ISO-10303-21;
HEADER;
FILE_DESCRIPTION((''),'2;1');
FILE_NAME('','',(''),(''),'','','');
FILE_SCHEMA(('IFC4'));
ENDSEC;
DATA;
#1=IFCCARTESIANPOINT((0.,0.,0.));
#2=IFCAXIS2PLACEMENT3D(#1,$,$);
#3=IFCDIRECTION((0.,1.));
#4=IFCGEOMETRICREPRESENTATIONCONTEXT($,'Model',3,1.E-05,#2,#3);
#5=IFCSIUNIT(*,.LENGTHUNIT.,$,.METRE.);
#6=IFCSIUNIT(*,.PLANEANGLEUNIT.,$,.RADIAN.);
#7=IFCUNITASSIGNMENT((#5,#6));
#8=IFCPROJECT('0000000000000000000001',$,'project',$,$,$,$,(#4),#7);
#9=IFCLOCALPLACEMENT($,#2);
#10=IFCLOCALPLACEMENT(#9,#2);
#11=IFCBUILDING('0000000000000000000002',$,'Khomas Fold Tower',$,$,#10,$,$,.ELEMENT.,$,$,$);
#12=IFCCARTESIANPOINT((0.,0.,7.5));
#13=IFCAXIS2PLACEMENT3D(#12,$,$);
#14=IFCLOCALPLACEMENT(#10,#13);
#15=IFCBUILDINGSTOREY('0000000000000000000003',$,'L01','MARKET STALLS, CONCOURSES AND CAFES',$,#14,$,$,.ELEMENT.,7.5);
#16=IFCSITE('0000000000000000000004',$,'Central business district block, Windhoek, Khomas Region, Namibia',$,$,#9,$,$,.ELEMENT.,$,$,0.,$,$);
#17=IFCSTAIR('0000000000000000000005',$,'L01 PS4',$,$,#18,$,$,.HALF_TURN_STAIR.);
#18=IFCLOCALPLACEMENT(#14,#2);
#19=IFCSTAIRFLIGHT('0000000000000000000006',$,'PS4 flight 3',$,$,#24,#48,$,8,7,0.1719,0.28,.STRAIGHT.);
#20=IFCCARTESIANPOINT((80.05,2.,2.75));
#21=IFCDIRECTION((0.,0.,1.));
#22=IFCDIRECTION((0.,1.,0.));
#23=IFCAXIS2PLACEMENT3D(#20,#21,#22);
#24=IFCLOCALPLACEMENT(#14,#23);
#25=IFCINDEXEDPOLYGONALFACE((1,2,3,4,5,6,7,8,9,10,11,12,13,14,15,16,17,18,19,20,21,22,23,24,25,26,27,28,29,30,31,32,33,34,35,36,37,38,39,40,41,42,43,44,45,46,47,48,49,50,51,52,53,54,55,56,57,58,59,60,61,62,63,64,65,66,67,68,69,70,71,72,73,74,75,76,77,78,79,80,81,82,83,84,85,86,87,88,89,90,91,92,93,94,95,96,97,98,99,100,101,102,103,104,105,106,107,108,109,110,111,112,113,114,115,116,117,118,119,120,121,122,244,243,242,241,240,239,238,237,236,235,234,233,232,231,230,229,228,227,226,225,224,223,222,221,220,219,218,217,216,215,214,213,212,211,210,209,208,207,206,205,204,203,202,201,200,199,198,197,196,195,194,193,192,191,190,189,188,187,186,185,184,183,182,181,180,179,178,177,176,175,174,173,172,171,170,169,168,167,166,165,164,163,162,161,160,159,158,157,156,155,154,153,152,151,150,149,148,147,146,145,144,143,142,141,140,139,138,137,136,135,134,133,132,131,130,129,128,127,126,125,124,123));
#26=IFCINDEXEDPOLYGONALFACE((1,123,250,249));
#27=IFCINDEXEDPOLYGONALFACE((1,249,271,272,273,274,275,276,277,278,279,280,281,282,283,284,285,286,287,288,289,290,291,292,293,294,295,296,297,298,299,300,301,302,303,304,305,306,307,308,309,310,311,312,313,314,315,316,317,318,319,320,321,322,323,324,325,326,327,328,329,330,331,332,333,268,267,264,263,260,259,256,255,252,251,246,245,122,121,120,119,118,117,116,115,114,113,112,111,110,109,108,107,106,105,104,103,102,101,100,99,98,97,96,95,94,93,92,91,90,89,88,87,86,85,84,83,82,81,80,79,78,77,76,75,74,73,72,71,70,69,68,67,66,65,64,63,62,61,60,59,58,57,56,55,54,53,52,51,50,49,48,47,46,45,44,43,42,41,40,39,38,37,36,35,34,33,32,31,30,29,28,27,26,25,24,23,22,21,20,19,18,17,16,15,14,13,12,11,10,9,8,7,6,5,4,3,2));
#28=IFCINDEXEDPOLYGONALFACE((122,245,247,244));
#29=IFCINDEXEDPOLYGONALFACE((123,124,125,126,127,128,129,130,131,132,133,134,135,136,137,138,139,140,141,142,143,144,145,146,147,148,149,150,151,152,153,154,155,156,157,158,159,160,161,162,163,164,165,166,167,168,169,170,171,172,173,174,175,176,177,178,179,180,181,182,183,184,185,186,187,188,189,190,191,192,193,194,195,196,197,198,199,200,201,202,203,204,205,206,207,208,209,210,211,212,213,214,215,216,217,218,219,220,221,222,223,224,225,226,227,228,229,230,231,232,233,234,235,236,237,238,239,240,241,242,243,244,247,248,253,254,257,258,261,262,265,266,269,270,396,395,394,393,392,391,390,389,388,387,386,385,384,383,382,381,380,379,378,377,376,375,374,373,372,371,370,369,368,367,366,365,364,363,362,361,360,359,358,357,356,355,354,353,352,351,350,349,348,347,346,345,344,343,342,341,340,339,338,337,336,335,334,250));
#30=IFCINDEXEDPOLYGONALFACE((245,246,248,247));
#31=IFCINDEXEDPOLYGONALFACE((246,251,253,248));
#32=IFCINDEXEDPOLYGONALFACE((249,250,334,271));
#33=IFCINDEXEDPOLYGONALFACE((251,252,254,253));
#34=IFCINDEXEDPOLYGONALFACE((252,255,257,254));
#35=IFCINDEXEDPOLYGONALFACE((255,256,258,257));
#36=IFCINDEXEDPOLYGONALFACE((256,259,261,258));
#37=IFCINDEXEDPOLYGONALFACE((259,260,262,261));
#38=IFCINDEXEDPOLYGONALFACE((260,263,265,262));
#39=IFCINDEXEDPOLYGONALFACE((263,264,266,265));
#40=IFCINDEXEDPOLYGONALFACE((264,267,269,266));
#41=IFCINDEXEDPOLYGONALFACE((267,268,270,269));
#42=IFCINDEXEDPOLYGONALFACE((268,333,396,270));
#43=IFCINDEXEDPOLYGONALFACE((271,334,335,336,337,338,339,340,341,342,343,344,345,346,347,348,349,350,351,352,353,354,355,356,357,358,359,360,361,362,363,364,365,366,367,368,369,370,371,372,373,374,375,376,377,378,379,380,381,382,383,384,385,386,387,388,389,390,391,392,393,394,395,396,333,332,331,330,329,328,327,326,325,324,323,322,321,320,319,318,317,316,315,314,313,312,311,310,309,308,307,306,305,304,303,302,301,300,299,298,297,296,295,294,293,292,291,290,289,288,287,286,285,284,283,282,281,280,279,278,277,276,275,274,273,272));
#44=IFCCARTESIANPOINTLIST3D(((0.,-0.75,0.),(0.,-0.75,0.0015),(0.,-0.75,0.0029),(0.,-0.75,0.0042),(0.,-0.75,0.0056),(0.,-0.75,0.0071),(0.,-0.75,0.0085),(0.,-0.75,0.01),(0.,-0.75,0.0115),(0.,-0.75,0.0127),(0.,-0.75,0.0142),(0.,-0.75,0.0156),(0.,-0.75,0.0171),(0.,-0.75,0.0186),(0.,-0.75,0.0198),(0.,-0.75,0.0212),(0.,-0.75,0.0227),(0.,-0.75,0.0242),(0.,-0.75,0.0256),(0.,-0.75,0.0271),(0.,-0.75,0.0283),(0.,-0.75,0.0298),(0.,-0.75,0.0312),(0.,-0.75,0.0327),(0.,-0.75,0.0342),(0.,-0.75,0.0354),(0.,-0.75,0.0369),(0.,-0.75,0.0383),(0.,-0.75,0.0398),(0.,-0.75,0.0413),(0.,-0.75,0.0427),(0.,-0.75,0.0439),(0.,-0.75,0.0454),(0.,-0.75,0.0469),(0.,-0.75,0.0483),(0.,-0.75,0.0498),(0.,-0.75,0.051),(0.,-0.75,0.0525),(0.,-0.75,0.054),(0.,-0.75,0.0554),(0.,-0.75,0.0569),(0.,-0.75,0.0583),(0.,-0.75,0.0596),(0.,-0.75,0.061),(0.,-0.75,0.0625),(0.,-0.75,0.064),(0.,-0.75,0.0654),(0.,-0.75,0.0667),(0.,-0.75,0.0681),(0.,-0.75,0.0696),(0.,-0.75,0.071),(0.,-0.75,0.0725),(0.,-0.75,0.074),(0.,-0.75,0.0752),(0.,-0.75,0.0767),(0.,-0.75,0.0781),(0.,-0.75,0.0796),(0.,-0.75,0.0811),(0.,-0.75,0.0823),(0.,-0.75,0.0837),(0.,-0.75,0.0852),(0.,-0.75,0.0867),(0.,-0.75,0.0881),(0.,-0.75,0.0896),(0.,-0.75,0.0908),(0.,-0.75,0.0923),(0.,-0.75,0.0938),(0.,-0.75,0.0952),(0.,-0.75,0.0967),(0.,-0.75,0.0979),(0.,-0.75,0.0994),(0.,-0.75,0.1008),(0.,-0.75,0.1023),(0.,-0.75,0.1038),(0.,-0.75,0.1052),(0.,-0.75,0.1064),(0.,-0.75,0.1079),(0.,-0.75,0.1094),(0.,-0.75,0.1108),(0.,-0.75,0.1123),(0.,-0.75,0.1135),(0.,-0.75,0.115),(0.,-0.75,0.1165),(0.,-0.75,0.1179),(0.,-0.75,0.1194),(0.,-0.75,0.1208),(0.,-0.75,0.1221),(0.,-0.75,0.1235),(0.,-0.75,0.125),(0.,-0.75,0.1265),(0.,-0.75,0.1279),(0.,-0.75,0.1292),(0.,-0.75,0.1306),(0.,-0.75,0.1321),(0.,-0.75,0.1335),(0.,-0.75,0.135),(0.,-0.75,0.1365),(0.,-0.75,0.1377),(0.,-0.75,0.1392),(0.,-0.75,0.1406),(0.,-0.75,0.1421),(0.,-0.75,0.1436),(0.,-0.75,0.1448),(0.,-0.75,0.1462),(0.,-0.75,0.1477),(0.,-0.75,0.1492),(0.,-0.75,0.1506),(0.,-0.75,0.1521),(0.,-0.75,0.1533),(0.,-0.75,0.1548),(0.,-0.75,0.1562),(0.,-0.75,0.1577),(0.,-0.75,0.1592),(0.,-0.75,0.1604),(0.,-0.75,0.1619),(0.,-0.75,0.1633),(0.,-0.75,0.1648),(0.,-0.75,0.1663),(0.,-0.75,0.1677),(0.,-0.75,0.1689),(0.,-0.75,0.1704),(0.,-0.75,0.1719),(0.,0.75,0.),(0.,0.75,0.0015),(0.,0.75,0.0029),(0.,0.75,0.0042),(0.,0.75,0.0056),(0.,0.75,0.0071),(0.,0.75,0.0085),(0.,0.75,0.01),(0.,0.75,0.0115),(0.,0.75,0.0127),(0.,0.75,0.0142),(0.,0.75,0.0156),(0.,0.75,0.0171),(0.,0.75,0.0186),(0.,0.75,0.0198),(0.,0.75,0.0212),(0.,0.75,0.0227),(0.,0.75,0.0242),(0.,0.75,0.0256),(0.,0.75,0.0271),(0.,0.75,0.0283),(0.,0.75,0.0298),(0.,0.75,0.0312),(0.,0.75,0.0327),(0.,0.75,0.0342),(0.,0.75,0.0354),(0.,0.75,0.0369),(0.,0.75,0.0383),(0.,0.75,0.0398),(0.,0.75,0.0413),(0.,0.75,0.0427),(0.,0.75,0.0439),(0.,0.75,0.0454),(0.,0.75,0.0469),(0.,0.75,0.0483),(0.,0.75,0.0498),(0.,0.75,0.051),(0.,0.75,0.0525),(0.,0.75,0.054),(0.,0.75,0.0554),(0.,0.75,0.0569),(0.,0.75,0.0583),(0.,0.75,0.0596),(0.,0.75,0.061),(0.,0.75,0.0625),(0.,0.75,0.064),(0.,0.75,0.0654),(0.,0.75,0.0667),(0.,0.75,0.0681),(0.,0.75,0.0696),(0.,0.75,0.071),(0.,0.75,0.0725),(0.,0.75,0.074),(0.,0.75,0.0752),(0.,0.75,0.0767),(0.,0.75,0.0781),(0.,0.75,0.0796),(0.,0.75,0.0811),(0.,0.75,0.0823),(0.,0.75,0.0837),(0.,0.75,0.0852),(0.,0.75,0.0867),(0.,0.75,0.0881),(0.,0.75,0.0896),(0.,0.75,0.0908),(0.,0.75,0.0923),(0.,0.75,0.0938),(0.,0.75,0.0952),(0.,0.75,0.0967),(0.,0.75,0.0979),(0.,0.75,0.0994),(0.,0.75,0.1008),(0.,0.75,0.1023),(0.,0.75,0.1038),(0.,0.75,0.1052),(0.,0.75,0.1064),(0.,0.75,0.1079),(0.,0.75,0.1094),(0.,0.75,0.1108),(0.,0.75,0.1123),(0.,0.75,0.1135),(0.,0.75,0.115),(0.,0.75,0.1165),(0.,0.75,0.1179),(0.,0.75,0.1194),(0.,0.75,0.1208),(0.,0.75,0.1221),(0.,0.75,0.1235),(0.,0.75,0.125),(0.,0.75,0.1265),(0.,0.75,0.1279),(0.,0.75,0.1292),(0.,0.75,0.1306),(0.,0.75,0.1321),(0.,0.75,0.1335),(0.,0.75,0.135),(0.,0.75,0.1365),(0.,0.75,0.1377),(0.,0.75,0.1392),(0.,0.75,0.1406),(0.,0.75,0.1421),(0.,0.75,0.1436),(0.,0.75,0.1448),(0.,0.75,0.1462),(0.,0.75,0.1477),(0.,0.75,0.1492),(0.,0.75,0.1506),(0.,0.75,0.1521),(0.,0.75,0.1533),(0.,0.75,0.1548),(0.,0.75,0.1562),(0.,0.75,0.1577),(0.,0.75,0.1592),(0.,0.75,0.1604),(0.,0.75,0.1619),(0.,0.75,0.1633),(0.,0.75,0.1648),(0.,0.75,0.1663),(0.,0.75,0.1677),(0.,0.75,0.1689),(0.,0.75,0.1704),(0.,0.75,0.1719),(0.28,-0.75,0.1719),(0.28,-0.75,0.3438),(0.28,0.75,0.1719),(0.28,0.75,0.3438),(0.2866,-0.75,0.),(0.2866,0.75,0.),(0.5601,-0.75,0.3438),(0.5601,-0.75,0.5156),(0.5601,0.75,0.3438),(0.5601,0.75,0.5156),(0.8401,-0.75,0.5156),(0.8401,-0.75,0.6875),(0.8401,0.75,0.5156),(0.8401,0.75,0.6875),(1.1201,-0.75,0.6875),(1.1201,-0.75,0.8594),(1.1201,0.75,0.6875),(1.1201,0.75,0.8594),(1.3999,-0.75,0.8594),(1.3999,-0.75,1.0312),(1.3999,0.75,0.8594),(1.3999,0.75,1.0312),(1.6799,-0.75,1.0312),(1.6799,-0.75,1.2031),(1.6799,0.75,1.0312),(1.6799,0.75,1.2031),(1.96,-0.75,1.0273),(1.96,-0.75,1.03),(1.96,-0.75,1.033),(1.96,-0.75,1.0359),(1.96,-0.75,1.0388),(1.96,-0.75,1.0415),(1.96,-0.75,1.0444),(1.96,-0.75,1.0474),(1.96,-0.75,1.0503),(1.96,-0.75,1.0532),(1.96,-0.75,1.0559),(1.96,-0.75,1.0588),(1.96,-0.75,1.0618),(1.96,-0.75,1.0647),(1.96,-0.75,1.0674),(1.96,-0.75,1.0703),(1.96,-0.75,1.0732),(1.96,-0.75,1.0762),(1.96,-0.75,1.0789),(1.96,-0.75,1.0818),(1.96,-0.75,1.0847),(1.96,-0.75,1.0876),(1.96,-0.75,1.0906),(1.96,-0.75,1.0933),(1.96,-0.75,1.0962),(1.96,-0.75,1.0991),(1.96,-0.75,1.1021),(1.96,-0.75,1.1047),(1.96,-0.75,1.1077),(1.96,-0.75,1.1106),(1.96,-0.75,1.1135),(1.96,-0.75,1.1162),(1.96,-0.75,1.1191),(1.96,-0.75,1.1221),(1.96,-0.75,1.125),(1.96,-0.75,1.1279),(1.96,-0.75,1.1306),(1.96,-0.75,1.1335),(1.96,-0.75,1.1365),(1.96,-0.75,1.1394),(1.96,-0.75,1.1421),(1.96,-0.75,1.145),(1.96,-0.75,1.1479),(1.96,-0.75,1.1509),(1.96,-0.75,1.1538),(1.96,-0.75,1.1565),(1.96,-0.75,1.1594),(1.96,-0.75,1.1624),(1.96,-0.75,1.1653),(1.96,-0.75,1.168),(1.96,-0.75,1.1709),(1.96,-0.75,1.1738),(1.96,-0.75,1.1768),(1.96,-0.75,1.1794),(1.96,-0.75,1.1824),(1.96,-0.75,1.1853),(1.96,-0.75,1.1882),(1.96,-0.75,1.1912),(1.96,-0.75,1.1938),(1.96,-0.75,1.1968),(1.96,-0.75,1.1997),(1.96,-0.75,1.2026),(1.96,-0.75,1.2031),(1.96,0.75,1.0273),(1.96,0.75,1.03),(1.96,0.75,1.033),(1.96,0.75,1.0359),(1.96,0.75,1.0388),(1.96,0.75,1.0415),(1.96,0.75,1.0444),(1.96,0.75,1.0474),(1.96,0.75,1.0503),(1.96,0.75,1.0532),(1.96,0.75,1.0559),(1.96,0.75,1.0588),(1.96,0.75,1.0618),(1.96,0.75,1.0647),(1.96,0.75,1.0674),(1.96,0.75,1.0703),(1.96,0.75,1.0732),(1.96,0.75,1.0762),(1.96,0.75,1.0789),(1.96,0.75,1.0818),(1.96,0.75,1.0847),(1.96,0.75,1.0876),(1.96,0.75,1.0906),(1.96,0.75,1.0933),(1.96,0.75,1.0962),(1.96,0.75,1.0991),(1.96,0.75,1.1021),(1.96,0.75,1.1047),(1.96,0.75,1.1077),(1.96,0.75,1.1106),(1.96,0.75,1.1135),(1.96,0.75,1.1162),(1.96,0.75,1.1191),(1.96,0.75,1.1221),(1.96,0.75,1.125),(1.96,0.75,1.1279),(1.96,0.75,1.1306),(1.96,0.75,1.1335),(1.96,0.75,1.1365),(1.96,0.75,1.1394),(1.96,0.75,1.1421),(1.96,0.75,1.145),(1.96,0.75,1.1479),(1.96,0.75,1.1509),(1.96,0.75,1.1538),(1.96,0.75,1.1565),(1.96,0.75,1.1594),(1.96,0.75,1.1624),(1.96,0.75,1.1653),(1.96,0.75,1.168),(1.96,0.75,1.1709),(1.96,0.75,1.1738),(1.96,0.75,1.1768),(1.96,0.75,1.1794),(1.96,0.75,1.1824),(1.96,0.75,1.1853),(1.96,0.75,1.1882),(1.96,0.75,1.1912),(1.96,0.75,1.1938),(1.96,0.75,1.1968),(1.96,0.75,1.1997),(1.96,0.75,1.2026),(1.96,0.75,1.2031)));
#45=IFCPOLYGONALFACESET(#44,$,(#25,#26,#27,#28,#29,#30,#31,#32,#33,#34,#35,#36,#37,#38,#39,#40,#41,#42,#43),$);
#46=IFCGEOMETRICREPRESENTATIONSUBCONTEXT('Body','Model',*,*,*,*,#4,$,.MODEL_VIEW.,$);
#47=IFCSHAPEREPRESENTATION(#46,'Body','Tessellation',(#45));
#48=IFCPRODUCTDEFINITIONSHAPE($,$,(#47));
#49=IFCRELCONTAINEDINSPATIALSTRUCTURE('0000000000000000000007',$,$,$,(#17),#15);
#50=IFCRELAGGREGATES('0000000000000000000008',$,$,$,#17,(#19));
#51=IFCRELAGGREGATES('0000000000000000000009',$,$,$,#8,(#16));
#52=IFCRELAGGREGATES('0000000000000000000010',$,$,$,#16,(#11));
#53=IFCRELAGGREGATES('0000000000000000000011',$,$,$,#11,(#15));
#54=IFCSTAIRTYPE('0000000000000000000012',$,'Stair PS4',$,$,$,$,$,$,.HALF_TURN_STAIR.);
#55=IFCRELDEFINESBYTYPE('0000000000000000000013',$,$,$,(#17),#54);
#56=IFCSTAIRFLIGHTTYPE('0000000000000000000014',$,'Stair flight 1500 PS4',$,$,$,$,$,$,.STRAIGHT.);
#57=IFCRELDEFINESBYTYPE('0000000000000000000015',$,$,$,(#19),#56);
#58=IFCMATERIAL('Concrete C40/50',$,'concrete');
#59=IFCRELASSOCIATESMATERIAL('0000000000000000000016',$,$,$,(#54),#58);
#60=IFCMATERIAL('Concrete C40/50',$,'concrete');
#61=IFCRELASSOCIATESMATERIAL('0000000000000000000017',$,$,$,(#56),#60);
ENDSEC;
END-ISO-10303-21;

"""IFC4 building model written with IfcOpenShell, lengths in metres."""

from ifc_helpers import new_model, si_unit, direction, frame, origin, place, context, subcontext, project, spatial, polyline, outline, extrude, source, transform, mapped, material, type_object, element, aggregate, save


model = new_model("IFC4")

# Units and contexts
model_context = context("Model", 3, precision=1e-05, world=origin(), true_north=direction((0.0, 1.0)))
body_context = subcontext(model_context, "Body", "Model", "MODEL_VIEW")
ifc_project = project(units=[si_unit("LENGTHUNIT", "METRE"), si_unit("PLANEANGLEUNIT", "RADIAN")], contexts=[model_context])

# Site, building, storey
site_placement = place(None, origin())
site = spatial("IfcSite", under=ifc_project, at=site_placement, Name="Central business district block, Windhoek, Khomas Region, Namibia", CompositionType="ELEMENT", RefElevation=0.0)
building_placement = place(site_placement, origin())
building = spatial("IfcBuilding", under=site, at=building_placement, Name="Khomas Fold Tower", CompositionType="ELEMENT")
storey_placement = place(building_placement, frame((0.0, 0.0, 7.5)))
storey = spatial("IfcBuildingStorey", under=building, at=storey_placement, Name="L01", Description="MARKET STALLS, CONCOURSES AND CAFES", CompositionType="ELEMENT", Elevation=7.5)

# Stair, stair flight
shared_shape_1 = source(origin(), body_context, "Body", "SweptSolid", [
    extrude(outline(polyline([(0.0, 0.0), (0.0, 0.0015), (0.0, 0.0029), (0.0, 0.0042), (0.0, 0.0056), (0.0, 0.0071), (0.0, 0.0085), (0.0, 0.01), (0.0, 0.0115), (0.0, 0.0127), (0.0, 0.0142), (0.0, 0.0156), (0.0, 0.0171), (0.0, 0.0186), (0.0, 0.0198), (0.0, 0.0212), (0.0, 0.0227), (0.0, 0.0242), (0.0, 0.0256), (0.0, 0.0271), (0.0, 0.0283), (0.0, 0.0298), (0.0, 0.0312), (0.0, 0.0327), (0.0, 0.0342), (0.0, 0.0354), (0.0, 0.0369), (0.0, 0.0383), (0.0, 0.0398), (0.0, 0.0413), (0.0, 0.0427), (0.0, 0.0439), (0.0, 0.0454), (0.0, 0.0469), (0.0, 0.0483), (0.0, 0.0498), (0.0, 0.051), (0.0, 0.0525), (0.0, 0.054), (0.0, 0.0554), (0.0, 0.0569), (0.0, 0.0583), (0.0, 0.0596), (0.0, 0.061), (0.0, 0.0625), (0.0, 0.064), (0.0, 0.0654), (0.0, 0.0667), (0.0, 0.0681), (0.0, 0.0696), (0.0, 0.071), (0.0, 0.0725), (0.0, 0.074), (0.0, 0.0752), (0.0, 0.0767), (0.0, 0.0781), (0.0, 0.0796), (0.0, 0.0811), (0.0, 0.0823), (0.0, 0.0837), (0.0, 0.0852), (0.0, 0.0867), (0.0, 0.0881), (0.0, 0.0896), (0.0, 0.0908), (0.0, 0.0923), (0.0, 0.0938), (0.0, 0.0952), (0.0, 0.0967), (0.0, 0.0979), (0.0, 0.0994), (0.0, 0.1008), (0.0, 0.1023), (0.0, 0.1038), (0.0, 0.1052), (0.0, 0.1064), (0.0, 0.1079), (0.0, 0.1094), (0.0, 0.1108), (0.0, 0.1123), (0.0, 0.1135), (0.0, 0.115), (0.0, 0.1165), (0.0, 0.1179), (0.0, 0.1194), (0.0, 0.1208), (0.0, 0.1221), (0.0, 0.1235), (0.0, 0.125), (0.0, 0.1265), (0.0, 0.1279), (0.0, 0.1292), (0.0, 0.1306), (0.0, 0.1321), (0.0, 0.1335), (0.0, 0.135), (0.0, 0.1365), (0.0, 0.1377), (0.0, 0.1392), (0.0, 0.1406), (0.0, 0.1421), (0.0, 0.1436), (0.0, 0.1448), (0.0, 0.1462), (0.0, 0.1477), (0.0, 0.1492), (0.0, 0.1506), (0.0, 0.1521), (0.0, 0.1533), (0.0, 0.1548), (0.0, 0.1562), (0.0, 0.1577), (0.0, 0.1592), (0.0, 0.1604), (0.0, 0.1619), (0.0, 0.1633), (0.0, 0.1648), (0.0, 0.1663), (0.0, 0.1677), (0.0, 0.1689), (0.0, 0.1704), (0.0, 0.1719), (0.28, 0.1719), (0.28, 0.3438), (0.5601, 0.3438), (0.5601, 0.5156), (0.8401, 0.5156), (0.8401, 0.6875), (1.1201, 0.6875), (1.1201, 0.8594), (1.3999, 0.8594), (1.3999, 1.0312), (1.6799, 1.0312), (1.6799, 1.2031), (1.96, 1.2031), (1.96, 1.375), (1.96, 1.3721), (1.96, 1.3691), (1.96, 1.3665), (1.96, 1.3635), (1.96, 1.3606), (1.96, 1.3577), (1.96, 1.355), (1.96, 1.3521), (1.96, 1.3491), (1.96, 1.3462), (1.96, 1.3435), (1.96, 1.3406), (1.96, 1.3376), (1.96, 1.3347), (1.96, 1.3318), (1.96, 1.3291), (1.96, 1.3262), (1.96, 1.3232), (1.96, 1.3203), (1.96, 1.3176), (1.96, 1.3147), (1.96, 1.3118), (1.96, 1.3088), (1.96, 1.3059), (1.96, 1.3032), (1.96, 1.3003), (1.96, 1.2974), (1.96, 1.2944), (1.96, 1.2917), (1.96, 1.2888), (1.96, 1.2859), (1.96, 1.283), (1.96, 1.2803), (1.96, 1.2773), (1.96, 1.2744), (1.96, 1.2715), (1.96, 1.2686), (1.96, 1.2659), (1.96, 1.2629), (1.96, 1.26), (1.96, 1.2571), (1.96, 1.2544), (1.96, 1.2515), (1.96, 1.2485), (1.96, 1.2456), (1.96, 1.2427), (1.96, 1.24), (1.96, 1.2371), (1.96, 1.2341), (1.96, 1.2312), (1.96, 1.2285), (1.96, 1.2256), (1.96, 1.2227), (1.96, 1.2197), (1.96, 1.217), (1.96, 1.2141), (1.96, 1.2112), (1.96, 1.2083), (1.96, 1.2053), (1.96, 1.2026), (1.96, 1.1997), (1.96, 1.1968), (1.96, 1.1938), (1.96, 1.1912), (1.96, 1.1882), (1.96, 1.1853), (1.96, 1.1824), (1.96, 1.1794), (1.96, 1.1768), (1.96, 1.1738), (1.96, 1.1709), (1.96, 1.168), (1.96, 1.1653), (1.96, 1.1624), (1.96, 1.1594), (1.96, 1.1565), (1.96, 1.1538), (1.96, 1.1509), (1.96, 1.1479), (1.96, 1.145), (1.96, 1.1421), (1.96, 1.1394), (1.96, 1.1365), (1.96, 1.1335), (1.96, 1.1306), (1.96, 1.1279), (1.96, 1.125), (1.96, 1.1221), (1.96, 1.1191), (1.96, 1.1162), (1.96, 1.1135), (1.96, 1.1106), (1.96, 1.1077), (1.96, 1.1047), (1.96, 1.1021), (1.96, 1.0991), (1.96, 1.0962), (1.96, 1.0933), (1.96, 1.0906), (1.96, 1.0876), (1.96, 1.0847), (1.96, 1.0818), (1.96, 1.0789), (1.96, 1.0762), (1.96, 1.0732), (1.96, 1.0703), (1.96, 1.0674), (1.96, 1.0647), (1.96, 1.0618), (1.96, 1.0588), (1.96, 1.0559), (1.96, 1.0532), (1.96, 1.0503), (1.96, 1.0474), (1.96, 1.0444), (1.96, 1.0415), (1.96, 1.0388), (1.96, 1.0359), (1.96, 1.033), (1.96, 1.03), (1.96, 1.0273), (0.2866, 0.0), (0.0, 0.0)])), frame((0.0, 0.75, 0.0), z_axis=(0.0, -1.0, 0.0), x_axis=(1.0, 0.0, 0.0)), (0.0, 0.0, 1.0), 1.5),
])
ifc_material_1 = material(Name="Concrete C40/50", Category="concrete")
stair_type_1 = type_object("IfcStairType", Name="Stair PS4", PredefinedType="HALF_TURN_STAIR", material=ifc_material_1)
stair_1_placement = place(storey_placement, origin())
stair_1 = element("IfcStair", 1, at=stair_1_placement, inside=storey, type_object=stair_type_1, Name="L01 PS4", PredefinedType="HALF_TURN_STAIR")
ifc_material_2 = material(Name="Concrete C40/50", Category="concrete")
stair_flight_type_1 = type_object("IfcStairFlightType", Name="Stair flight 1500 PS4", PredefinedType="STRAIGHT", material=ifc_material_2)
stair_flight_1_placement = place(storey_placement, frame((80.05, 2.0, 2.75), z_axis=(0.0, 0.0, 1.0), x_axis=(0.0, 1.0, 0.0)))
stair_flight_1 = element("IfcStairFlight", 2, at=stair_flight_1_placement, type_object=stair_flight_type_1, Name="PS4 flight 3", NumberOfRisers=8, NumberOfTreads=7, PredefinedType="STRAIGHT", RiserHeight=0.1719, TreadLength=0.28, context=body_context, shape_type="MappedRepresentation", body=[
    mapped(shared_shape_1, transform((0.0, 0.0, 0.0))),
])
aggregate(stair_1, [stair_flight_1])

save(model, "model.ifc")
